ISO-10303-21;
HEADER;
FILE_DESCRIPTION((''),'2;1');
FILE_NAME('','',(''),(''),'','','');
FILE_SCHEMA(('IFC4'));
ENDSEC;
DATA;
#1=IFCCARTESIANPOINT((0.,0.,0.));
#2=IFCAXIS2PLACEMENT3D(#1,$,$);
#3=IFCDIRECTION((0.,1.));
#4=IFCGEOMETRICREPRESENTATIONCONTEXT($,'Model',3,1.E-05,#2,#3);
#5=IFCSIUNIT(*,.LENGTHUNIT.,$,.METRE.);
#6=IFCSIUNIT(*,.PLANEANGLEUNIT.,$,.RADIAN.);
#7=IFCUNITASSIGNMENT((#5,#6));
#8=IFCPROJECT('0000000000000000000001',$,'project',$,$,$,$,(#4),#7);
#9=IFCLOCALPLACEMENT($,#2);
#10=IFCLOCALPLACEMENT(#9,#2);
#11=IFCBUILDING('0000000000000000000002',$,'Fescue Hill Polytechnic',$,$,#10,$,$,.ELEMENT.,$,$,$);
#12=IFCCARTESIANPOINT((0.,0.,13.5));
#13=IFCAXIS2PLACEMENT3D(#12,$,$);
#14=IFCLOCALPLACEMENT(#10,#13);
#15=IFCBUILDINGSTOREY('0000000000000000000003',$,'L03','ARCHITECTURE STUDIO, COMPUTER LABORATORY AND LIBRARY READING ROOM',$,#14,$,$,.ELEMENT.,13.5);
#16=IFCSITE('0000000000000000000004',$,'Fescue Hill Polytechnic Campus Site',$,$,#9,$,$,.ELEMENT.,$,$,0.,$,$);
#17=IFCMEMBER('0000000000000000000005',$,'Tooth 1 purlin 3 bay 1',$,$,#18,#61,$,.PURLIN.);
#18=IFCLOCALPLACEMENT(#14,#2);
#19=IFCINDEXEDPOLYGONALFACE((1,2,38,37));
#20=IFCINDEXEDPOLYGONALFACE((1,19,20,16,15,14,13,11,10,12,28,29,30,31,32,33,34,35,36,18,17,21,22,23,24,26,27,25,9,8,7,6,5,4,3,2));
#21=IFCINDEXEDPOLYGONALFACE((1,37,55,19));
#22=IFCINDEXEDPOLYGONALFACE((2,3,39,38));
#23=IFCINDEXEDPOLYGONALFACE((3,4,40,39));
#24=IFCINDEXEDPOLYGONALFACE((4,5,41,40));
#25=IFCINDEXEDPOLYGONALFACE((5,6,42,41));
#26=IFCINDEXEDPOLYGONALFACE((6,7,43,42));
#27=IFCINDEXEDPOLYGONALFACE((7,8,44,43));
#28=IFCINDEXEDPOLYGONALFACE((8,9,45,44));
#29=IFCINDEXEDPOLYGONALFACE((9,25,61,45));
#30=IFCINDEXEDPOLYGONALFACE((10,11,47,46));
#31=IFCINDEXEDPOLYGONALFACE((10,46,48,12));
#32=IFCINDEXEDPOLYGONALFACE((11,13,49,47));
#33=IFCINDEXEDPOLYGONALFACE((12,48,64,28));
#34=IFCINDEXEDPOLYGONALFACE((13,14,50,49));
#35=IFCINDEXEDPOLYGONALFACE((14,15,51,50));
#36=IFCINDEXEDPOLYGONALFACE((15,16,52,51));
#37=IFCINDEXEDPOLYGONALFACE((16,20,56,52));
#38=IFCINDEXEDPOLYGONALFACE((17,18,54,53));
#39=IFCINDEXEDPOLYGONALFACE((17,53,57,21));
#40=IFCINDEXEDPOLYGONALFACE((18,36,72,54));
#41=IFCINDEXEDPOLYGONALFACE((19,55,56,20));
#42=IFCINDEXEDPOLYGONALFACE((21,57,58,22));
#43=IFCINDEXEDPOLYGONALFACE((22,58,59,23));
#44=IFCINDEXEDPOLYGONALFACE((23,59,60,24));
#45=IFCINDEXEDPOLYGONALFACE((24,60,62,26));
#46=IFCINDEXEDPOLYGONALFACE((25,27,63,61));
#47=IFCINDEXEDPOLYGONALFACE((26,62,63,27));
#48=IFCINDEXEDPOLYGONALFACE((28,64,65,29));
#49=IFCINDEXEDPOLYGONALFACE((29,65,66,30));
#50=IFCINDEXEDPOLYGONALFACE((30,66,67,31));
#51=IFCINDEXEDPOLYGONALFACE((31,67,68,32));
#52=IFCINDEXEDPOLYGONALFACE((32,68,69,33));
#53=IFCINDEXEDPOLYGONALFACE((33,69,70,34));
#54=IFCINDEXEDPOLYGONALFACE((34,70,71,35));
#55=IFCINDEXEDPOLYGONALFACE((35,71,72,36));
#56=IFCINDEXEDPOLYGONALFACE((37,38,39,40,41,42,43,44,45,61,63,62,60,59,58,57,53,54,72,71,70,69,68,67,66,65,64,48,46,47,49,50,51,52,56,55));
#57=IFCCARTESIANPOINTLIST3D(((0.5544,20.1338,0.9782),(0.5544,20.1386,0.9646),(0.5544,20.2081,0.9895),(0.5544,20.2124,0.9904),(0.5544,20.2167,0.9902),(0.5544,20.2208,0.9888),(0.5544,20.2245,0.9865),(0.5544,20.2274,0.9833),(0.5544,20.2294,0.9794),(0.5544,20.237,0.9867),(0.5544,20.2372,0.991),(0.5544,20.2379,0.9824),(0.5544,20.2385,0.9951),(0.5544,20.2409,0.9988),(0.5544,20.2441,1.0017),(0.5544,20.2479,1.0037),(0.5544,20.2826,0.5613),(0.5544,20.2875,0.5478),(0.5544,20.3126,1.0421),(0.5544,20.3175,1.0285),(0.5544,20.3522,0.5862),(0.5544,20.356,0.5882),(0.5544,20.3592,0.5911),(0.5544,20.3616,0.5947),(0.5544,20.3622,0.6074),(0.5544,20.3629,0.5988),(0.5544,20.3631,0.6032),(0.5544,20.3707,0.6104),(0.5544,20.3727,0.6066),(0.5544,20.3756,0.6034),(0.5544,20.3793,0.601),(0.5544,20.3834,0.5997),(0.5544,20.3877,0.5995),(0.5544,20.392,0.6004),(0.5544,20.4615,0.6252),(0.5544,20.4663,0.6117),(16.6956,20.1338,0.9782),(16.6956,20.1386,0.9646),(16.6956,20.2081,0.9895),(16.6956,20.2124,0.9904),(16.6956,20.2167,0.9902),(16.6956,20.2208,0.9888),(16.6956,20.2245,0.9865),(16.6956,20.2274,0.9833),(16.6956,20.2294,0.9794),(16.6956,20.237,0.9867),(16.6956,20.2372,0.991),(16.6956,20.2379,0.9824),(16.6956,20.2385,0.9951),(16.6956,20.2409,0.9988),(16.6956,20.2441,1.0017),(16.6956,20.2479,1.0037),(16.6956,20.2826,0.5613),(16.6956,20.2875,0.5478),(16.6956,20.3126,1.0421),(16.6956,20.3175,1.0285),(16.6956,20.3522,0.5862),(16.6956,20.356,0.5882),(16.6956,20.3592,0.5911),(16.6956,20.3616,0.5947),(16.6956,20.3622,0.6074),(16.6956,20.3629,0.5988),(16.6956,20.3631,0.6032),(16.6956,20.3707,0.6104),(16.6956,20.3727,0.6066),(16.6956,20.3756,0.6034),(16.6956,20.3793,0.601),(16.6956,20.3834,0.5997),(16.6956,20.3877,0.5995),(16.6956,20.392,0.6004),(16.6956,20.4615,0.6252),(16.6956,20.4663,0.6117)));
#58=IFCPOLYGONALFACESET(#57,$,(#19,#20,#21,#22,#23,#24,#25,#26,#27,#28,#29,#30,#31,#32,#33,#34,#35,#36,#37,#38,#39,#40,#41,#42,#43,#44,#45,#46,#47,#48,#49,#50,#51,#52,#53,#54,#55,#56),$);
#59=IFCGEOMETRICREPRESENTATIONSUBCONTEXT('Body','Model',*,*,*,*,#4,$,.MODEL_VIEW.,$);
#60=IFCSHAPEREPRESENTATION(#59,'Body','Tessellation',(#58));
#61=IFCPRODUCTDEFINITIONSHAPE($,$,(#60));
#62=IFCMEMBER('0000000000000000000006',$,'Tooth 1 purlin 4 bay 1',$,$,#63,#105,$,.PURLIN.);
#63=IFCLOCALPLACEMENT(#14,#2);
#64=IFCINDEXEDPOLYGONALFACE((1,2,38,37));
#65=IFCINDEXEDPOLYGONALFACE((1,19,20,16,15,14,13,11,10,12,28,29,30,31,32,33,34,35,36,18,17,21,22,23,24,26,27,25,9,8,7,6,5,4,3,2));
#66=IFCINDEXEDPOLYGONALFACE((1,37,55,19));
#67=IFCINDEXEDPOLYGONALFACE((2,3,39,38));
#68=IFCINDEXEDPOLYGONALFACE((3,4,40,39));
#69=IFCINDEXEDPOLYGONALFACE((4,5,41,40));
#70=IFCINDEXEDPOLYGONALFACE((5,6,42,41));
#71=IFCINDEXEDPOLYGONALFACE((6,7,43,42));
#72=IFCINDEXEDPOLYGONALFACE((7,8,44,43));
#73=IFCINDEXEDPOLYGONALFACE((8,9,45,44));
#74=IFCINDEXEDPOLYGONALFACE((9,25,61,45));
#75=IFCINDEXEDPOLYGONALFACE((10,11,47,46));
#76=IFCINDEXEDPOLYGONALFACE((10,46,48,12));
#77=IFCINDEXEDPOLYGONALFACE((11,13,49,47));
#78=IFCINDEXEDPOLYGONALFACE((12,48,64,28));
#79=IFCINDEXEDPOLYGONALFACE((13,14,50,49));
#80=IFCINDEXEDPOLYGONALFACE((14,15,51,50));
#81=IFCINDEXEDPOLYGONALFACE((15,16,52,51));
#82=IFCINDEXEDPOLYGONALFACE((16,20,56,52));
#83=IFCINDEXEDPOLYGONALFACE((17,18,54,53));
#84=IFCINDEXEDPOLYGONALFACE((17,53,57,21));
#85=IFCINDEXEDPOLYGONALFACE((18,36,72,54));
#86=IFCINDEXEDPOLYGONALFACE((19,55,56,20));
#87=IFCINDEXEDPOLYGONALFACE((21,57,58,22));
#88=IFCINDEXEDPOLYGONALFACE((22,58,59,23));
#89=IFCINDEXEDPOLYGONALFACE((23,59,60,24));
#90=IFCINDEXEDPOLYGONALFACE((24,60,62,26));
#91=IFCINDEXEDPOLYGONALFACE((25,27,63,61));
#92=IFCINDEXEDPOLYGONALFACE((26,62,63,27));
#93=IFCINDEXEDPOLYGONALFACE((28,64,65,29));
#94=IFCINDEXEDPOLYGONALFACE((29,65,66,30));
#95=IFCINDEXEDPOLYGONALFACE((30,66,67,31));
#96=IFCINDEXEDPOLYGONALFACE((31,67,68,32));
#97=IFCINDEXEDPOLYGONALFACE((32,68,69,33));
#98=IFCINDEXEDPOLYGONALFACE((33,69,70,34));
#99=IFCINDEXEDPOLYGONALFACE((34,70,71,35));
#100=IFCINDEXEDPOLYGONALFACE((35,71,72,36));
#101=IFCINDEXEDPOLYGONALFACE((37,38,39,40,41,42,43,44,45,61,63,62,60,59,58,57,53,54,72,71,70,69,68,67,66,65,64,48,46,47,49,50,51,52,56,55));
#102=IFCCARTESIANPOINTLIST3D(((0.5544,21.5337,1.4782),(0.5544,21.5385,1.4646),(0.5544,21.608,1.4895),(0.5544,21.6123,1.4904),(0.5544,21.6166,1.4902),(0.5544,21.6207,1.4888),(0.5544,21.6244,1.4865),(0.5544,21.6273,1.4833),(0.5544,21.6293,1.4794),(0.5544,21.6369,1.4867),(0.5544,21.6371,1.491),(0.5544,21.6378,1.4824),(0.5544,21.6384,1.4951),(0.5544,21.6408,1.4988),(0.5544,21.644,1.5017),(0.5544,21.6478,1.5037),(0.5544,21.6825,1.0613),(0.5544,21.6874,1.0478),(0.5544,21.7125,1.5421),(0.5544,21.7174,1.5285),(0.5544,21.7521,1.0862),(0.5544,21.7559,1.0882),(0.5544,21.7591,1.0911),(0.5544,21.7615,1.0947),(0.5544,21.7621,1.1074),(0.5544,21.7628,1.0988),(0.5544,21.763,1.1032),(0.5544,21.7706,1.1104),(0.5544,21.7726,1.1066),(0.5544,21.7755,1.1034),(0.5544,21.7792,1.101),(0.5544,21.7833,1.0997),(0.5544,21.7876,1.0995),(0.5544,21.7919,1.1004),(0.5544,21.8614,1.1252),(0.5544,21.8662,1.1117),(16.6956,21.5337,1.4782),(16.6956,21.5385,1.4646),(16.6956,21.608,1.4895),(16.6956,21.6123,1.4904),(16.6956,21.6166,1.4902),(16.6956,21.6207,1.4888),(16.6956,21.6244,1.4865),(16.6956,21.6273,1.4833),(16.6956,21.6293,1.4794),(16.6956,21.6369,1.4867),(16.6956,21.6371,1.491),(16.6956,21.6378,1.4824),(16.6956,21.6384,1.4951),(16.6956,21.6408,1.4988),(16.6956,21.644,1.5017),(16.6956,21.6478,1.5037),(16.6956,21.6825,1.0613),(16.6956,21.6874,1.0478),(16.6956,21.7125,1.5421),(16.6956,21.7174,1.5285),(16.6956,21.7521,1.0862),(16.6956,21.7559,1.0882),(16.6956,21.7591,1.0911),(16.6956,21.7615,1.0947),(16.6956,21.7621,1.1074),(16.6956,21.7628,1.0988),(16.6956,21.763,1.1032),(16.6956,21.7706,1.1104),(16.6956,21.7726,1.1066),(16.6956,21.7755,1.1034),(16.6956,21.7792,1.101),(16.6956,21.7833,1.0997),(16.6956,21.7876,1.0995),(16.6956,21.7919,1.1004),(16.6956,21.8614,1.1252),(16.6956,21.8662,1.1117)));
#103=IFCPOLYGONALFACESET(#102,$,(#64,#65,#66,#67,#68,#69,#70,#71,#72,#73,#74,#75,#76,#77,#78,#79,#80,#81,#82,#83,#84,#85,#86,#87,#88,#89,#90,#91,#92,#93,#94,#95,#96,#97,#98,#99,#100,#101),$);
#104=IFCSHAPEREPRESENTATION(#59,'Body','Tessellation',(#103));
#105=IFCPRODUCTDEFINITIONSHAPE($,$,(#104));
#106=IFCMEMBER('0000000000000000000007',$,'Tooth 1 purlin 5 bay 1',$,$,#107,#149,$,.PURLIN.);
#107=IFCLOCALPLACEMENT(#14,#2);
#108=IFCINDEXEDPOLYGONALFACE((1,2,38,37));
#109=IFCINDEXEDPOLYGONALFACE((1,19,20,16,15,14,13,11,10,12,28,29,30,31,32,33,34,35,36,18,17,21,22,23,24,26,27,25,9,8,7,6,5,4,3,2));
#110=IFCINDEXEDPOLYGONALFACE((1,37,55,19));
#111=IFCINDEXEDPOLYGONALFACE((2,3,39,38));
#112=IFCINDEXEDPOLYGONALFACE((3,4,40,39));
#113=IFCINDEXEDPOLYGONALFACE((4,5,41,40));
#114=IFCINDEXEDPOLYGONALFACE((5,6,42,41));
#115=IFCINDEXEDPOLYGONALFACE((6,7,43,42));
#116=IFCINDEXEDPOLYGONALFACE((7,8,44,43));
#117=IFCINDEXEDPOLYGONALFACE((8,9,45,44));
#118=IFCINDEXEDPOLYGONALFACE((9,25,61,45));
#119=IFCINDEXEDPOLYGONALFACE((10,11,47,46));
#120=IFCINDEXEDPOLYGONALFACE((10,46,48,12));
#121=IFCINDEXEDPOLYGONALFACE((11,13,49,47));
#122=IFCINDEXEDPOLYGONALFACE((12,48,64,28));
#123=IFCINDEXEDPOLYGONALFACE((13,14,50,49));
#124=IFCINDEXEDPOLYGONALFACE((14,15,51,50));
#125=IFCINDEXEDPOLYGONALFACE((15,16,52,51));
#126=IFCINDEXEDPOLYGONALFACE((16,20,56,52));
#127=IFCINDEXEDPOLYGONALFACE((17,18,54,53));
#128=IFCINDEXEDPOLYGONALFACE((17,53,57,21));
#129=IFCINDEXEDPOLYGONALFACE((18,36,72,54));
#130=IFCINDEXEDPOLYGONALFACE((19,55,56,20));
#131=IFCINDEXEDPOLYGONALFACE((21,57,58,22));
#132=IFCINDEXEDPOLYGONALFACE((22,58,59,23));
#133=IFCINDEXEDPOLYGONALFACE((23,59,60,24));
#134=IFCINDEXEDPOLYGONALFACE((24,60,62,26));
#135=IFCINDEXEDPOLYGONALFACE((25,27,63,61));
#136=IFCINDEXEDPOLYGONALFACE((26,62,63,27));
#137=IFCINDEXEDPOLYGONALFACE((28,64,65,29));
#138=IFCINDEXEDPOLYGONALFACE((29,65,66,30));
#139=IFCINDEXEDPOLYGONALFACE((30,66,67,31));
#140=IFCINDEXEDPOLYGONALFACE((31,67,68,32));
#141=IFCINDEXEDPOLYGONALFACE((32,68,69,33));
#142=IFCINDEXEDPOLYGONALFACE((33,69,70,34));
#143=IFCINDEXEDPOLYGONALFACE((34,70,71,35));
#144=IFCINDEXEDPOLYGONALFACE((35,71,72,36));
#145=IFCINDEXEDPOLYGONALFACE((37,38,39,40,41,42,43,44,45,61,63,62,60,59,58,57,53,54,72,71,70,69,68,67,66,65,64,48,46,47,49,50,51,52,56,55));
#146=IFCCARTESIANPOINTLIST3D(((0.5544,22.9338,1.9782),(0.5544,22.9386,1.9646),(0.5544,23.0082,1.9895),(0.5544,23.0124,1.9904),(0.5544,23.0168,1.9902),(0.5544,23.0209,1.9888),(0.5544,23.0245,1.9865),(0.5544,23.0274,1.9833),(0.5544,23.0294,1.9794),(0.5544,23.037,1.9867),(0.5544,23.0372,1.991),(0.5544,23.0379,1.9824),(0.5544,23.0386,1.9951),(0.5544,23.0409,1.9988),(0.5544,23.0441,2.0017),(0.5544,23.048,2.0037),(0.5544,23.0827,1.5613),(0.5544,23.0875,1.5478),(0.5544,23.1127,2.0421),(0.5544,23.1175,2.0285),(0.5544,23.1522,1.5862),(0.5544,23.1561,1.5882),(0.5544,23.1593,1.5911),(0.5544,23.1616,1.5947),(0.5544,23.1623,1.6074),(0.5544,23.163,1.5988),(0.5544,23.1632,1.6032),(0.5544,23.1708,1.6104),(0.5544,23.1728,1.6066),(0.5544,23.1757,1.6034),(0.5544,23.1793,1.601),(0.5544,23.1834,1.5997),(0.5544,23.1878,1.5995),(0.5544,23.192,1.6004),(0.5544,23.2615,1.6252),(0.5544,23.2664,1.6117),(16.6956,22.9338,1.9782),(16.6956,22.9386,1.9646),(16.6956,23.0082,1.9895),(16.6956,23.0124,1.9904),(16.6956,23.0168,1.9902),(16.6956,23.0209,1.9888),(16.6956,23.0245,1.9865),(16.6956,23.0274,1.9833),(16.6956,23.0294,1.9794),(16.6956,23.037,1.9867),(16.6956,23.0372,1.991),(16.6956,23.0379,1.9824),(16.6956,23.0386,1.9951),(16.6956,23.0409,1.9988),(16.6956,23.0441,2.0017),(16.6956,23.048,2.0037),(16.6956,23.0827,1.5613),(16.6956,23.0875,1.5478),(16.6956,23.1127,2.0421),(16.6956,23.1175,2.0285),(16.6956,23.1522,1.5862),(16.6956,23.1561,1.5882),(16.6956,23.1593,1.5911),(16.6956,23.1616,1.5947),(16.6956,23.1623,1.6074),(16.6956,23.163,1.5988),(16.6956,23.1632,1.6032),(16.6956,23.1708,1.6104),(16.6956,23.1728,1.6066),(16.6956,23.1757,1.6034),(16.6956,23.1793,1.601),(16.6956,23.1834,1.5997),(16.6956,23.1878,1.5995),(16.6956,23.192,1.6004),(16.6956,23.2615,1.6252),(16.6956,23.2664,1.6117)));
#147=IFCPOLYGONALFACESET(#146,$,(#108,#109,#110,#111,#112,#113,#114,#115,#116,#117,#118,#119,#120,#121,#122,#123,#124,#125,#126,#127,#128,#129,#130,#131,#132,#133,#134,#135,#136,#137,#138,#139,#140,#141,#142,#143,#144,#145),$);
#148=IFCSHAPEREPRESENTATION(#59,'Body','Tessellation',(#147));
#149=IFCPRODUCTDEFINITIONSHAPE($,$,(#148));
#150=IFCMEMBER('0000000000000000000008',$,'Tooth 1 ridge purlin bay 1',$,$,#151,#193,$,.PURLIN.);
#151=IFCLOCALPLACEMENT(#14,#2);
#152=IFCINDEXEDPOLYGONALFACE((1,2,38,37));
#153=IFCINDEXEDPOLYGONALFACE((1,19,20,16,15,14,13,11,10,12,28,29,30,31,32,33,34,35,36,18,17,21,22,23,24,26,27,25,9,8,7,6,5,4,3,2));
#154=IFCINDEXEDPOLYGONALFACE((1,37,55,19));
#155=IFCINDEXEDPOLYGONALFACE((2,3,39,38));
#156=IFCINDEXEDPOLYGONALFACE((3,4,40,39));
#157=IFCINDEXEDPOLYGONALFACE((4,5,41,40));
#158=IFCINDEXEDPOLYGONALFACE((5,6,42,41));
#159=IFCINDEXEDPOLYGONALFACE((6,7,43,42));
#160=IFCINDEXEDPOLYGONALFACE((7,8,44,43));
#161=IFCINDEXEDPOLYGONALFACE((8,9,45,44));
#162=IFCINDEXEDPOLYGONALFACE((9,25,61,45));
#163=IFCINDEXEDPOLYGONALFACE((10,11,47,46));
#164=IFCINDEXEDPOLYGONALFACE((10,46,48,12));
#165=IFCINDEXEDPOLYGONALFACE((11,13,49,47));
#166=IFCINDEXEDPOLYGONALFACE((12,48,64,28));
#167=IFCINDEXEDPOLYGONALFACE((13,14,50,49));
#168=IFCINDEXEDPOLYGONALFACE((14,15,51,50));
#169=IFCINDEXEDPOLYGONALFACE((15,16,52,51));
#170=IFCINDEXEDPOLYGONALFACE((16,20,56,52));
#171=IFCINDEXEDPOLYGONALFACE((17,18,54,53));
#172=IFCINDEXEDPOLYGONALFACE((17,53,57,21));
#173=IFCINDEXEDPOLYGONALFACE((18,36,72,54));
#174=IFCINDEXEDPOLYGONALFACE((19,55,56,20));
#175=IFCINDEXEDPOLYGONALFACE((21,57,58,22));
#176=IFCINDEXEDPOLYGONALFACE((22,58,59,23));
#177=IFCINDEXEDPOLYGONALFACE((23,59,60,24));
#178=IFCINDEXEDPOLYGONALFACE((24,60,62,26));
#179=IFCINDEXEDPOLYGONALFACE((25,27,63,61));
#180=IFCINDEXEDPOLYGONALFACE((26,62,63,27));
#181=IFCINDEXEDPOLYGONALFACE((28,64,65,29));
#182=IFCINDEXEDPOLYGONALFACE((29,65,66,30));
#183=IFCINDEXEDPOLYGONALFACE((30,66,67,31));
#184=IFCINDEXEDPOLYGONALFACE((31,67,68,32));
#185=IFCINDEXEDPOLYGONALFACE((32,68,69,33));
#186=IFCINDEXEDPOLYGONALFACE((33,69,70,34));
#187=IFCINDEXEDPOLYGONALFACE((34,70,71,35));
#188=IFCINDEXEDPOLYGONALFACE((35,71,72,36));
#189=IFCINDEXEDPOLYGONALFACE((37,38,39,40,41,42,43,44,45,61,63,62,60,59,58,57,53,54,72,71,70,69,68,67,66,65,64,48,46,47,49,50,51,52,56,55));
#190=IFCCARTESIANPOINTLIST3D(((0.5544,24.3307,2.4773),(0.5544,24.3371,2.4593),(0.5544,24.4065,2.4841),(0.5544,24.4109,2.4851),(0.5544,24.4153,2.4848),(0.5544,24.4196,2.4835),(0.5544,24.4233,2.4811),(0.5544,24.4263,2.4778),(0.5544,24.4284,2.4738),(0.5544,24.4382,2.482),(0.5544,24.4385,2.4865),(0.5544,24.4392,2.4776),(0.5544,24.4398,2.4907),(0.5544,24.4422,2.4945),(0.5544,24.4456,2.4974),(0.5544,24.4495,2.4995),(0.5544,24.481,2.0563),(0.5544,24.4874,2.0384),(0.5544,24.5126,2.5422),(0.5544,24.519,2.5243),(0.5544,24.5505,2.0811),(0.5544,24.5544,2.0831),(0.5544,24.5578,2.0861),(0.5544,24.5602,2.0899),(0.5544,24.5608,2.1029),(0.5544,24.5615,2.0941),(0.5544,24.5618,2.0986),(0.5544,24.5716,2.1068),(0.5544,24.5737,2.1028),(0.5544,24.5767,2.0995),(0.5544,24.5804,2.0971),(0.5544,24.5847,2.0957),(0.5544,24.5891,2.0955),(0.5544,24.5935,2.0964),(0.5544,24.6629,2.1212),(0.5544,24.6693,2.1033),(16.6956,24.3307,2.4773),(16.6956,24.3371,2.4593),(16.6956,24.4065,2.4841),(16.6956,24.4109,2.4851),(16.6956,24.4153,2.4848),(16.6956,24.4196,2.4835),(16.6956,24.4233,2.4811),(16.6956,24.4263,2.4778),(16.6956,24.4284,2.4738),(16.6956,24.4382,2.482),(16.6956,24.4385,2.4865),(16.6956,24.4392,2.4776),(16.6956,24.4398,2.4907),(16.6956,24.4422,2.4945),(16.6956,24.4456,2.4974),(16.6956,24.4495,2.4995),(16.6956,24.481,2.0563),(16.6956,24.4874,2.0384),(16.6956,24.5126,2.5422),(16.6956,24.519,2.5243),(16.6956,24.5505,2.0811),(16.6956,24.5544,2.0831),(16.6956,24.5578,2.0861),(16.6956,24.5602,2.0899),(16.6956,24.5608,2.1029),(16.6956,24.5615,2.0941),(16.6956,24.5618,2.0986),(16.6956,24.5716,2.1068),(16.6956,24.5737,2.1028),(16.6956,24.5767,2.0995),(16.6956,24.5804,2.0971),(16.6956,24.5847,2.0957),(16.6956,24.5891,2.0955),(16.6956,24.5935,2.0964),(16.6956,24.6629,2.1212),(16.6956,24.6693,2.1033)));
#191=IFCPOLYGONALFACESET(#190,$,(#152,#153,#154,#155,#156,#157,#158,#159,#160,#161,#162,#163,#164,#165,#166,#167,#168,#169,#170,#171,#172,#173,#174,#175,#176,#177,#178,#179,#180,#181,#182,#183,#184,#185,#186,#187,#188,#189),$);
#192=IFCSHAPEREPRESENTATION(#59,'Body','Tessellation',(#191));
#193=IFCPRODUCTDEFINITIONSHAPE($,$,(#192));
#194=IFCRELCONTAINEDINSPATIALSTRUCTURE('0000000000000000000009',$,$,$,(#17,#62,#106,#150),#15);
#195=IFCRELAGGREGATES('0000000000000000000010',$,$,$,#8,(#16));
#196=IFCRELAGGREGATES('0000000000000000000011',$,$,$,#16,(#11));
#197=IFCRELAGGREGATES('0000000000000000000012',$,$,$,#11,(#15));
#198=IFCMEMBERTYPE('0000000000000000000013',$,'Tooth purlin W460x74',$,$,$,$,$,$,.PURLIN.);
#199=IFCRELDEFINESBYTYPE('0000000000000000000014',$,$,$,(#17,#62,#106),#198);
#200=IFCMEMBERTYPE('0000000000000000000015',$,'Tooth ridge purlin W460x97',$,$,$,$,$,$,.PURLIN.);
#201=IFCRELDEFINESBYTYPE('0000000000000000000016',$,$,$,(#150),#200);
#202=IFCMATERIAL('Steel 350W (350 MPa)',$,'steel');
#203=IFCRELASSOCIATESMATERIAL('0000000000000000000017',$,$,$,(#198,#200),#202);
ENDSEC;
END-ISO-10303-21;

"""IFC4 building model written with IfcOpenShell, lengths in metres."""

from ifc_helpers import new_model, si_unit, direction, frame, origin, origin_2d, place, context, subcontext, project, spatial, i_section, extrude, material, material_profile, profile_set, type_object, element, save


model = new_model("IFC4")

# Units and contexts
model_context = context("Model", 3, precision=1e-05, world=origin(), true_north=direction((0.0, 1.0)))
body_context = subcontext(model_context, "Body", "Model", "MODEL_VIEW")
ifc_project = project(units=[si_unit("LENGTHUNIT", "METRE"), si_unit("PLANEANGLEUNIT", "RADIAN")], contexts=[model_context])

# Site, building, storey
site_placement = place(None, origin())
site = spatial("IfcSite", under=ifc_project, at=site_placement, Name="Fescue Hill Polytechnic Campus Site", CompositionType="ELEMENT", RefElevation=0.0)
building_placement = place(site_placement, origin())
building = spatial("IfcBuilding", under=site, at=building_placement, Name="Fescue Hill Polytechnic", CompositionType="ELEMENT")
storey_placement = place(building_placement, frame((0.0, 0.0, 13.5)))
storey = spatial("IfcBuildingStorey", under=building, at=storey_placement, Name="L03", Description="ARCHITECTURE STUDIO, COMPUTER LABORATORY AND LIBRARY READING ROOM", CompositionType="ELEMENT", Elevation=13.5)

# Members
ifc_material_1 = material(Name="Steel 350W (350 MPa)", Category="steel")
ifc_material_profile_1 = material_profile(ifc_material_1, i_section(OverallWidth=0.1899, OverallDepth=0.457, WebThickness=0.009, FlangeThickness=0.0144, FilletRadius=0.0166, at=origin_2d()), Name="W460x74")
ifc_profile_set_1 = profile_set([ifc_material_profile_1], Name="Steel 350W (350 MPa)")
member_type_1 = type_object("IfcMemberType", Name="Tooth purlin W460x74", PredefinedType="PURLIN", material=ifc_profile_set_1)
for number, where, z_axis, x_axis, name in (
    (1, (0.5544, 20.3, 0.7949), (1.0, 0.0, 0.0), (0.0, 0.941742, 0.336336), "Tooth 1 purlin 3 bay 1"),
    (2, (0.5544, 21.7, 1.2949), (1.0, 0.0, 0.0), (0.0, 0.941742, 0.336336), "Tooth 1 purlin 4 bay 1"),
    (3, (0.5544, 23.1001, 1.7949), (1.0, 0.0, 0.0), (0.0, 0.941742, 0.336336), "Tooth 1 purlin 5 bay 1"),
):
    element("IfcMember", number, at=place(storey_placement, frame(where, z_axis=z_axis, x_axis=x_axis)), inside=storey, type_object=member_type_1, Name=name, PredefinedType="PURLIN", context=body_context, shape_type="SweptSolid", body=[
        extrude(i_section(OverallWidth=0.1899, OverallDepth=0.457, WebThickness=0.009, FlangeThickness=0.0144, FilletRadius=0.0166, at=origin_2d()), origin(), (0.0, 0.0, 1.0), 16.1411),
    ])
ifc_material_profile_2 = material_profile(ifc_material_1, i_section(OverallWidth=0.1931, OverallDepth=0.4661, WebThickness=0.0115, FlangeThickness=0.019, FilletRadius=0.0171, at=origin_2d()), Name="W460x97")
ifc_profile_set_2 = profile_set([ifc_material_profile_2], Name="Steel 350W (350 MPa)")
member_type_2 = type_object("IfcMemberType", Name="Tooth ridge purlin W460x97", PredefinedType="PURLIN", material=ifc_profile_set_2)
member_1_placement = place(storey_placement, frame((0.5544, 24.5, 2.2903), z_axis=(1.0, 0.0, 0.0), x_axis=(0.0, 0.941742, 0.336336)))
element("IfcMember", 4, at=member_1_placement, inside=storey, type_object=member_type_2, Name="Tooth 1 ridge purlin bay 1", PredefinedType="PURLIN", context=body_context, shape_type="SweptSolid", body=[
    extrude(i_section(OverallWidth=0.1931, OverallDepth=0.4661, WebThickness=0.0115, FlangeThickness=0.019, FilletRadius=0.0171, at=origin_2d()), origin(), (0.0, 0.0, 1.0), 16.1411),
])

save(model, "model.ifc")
